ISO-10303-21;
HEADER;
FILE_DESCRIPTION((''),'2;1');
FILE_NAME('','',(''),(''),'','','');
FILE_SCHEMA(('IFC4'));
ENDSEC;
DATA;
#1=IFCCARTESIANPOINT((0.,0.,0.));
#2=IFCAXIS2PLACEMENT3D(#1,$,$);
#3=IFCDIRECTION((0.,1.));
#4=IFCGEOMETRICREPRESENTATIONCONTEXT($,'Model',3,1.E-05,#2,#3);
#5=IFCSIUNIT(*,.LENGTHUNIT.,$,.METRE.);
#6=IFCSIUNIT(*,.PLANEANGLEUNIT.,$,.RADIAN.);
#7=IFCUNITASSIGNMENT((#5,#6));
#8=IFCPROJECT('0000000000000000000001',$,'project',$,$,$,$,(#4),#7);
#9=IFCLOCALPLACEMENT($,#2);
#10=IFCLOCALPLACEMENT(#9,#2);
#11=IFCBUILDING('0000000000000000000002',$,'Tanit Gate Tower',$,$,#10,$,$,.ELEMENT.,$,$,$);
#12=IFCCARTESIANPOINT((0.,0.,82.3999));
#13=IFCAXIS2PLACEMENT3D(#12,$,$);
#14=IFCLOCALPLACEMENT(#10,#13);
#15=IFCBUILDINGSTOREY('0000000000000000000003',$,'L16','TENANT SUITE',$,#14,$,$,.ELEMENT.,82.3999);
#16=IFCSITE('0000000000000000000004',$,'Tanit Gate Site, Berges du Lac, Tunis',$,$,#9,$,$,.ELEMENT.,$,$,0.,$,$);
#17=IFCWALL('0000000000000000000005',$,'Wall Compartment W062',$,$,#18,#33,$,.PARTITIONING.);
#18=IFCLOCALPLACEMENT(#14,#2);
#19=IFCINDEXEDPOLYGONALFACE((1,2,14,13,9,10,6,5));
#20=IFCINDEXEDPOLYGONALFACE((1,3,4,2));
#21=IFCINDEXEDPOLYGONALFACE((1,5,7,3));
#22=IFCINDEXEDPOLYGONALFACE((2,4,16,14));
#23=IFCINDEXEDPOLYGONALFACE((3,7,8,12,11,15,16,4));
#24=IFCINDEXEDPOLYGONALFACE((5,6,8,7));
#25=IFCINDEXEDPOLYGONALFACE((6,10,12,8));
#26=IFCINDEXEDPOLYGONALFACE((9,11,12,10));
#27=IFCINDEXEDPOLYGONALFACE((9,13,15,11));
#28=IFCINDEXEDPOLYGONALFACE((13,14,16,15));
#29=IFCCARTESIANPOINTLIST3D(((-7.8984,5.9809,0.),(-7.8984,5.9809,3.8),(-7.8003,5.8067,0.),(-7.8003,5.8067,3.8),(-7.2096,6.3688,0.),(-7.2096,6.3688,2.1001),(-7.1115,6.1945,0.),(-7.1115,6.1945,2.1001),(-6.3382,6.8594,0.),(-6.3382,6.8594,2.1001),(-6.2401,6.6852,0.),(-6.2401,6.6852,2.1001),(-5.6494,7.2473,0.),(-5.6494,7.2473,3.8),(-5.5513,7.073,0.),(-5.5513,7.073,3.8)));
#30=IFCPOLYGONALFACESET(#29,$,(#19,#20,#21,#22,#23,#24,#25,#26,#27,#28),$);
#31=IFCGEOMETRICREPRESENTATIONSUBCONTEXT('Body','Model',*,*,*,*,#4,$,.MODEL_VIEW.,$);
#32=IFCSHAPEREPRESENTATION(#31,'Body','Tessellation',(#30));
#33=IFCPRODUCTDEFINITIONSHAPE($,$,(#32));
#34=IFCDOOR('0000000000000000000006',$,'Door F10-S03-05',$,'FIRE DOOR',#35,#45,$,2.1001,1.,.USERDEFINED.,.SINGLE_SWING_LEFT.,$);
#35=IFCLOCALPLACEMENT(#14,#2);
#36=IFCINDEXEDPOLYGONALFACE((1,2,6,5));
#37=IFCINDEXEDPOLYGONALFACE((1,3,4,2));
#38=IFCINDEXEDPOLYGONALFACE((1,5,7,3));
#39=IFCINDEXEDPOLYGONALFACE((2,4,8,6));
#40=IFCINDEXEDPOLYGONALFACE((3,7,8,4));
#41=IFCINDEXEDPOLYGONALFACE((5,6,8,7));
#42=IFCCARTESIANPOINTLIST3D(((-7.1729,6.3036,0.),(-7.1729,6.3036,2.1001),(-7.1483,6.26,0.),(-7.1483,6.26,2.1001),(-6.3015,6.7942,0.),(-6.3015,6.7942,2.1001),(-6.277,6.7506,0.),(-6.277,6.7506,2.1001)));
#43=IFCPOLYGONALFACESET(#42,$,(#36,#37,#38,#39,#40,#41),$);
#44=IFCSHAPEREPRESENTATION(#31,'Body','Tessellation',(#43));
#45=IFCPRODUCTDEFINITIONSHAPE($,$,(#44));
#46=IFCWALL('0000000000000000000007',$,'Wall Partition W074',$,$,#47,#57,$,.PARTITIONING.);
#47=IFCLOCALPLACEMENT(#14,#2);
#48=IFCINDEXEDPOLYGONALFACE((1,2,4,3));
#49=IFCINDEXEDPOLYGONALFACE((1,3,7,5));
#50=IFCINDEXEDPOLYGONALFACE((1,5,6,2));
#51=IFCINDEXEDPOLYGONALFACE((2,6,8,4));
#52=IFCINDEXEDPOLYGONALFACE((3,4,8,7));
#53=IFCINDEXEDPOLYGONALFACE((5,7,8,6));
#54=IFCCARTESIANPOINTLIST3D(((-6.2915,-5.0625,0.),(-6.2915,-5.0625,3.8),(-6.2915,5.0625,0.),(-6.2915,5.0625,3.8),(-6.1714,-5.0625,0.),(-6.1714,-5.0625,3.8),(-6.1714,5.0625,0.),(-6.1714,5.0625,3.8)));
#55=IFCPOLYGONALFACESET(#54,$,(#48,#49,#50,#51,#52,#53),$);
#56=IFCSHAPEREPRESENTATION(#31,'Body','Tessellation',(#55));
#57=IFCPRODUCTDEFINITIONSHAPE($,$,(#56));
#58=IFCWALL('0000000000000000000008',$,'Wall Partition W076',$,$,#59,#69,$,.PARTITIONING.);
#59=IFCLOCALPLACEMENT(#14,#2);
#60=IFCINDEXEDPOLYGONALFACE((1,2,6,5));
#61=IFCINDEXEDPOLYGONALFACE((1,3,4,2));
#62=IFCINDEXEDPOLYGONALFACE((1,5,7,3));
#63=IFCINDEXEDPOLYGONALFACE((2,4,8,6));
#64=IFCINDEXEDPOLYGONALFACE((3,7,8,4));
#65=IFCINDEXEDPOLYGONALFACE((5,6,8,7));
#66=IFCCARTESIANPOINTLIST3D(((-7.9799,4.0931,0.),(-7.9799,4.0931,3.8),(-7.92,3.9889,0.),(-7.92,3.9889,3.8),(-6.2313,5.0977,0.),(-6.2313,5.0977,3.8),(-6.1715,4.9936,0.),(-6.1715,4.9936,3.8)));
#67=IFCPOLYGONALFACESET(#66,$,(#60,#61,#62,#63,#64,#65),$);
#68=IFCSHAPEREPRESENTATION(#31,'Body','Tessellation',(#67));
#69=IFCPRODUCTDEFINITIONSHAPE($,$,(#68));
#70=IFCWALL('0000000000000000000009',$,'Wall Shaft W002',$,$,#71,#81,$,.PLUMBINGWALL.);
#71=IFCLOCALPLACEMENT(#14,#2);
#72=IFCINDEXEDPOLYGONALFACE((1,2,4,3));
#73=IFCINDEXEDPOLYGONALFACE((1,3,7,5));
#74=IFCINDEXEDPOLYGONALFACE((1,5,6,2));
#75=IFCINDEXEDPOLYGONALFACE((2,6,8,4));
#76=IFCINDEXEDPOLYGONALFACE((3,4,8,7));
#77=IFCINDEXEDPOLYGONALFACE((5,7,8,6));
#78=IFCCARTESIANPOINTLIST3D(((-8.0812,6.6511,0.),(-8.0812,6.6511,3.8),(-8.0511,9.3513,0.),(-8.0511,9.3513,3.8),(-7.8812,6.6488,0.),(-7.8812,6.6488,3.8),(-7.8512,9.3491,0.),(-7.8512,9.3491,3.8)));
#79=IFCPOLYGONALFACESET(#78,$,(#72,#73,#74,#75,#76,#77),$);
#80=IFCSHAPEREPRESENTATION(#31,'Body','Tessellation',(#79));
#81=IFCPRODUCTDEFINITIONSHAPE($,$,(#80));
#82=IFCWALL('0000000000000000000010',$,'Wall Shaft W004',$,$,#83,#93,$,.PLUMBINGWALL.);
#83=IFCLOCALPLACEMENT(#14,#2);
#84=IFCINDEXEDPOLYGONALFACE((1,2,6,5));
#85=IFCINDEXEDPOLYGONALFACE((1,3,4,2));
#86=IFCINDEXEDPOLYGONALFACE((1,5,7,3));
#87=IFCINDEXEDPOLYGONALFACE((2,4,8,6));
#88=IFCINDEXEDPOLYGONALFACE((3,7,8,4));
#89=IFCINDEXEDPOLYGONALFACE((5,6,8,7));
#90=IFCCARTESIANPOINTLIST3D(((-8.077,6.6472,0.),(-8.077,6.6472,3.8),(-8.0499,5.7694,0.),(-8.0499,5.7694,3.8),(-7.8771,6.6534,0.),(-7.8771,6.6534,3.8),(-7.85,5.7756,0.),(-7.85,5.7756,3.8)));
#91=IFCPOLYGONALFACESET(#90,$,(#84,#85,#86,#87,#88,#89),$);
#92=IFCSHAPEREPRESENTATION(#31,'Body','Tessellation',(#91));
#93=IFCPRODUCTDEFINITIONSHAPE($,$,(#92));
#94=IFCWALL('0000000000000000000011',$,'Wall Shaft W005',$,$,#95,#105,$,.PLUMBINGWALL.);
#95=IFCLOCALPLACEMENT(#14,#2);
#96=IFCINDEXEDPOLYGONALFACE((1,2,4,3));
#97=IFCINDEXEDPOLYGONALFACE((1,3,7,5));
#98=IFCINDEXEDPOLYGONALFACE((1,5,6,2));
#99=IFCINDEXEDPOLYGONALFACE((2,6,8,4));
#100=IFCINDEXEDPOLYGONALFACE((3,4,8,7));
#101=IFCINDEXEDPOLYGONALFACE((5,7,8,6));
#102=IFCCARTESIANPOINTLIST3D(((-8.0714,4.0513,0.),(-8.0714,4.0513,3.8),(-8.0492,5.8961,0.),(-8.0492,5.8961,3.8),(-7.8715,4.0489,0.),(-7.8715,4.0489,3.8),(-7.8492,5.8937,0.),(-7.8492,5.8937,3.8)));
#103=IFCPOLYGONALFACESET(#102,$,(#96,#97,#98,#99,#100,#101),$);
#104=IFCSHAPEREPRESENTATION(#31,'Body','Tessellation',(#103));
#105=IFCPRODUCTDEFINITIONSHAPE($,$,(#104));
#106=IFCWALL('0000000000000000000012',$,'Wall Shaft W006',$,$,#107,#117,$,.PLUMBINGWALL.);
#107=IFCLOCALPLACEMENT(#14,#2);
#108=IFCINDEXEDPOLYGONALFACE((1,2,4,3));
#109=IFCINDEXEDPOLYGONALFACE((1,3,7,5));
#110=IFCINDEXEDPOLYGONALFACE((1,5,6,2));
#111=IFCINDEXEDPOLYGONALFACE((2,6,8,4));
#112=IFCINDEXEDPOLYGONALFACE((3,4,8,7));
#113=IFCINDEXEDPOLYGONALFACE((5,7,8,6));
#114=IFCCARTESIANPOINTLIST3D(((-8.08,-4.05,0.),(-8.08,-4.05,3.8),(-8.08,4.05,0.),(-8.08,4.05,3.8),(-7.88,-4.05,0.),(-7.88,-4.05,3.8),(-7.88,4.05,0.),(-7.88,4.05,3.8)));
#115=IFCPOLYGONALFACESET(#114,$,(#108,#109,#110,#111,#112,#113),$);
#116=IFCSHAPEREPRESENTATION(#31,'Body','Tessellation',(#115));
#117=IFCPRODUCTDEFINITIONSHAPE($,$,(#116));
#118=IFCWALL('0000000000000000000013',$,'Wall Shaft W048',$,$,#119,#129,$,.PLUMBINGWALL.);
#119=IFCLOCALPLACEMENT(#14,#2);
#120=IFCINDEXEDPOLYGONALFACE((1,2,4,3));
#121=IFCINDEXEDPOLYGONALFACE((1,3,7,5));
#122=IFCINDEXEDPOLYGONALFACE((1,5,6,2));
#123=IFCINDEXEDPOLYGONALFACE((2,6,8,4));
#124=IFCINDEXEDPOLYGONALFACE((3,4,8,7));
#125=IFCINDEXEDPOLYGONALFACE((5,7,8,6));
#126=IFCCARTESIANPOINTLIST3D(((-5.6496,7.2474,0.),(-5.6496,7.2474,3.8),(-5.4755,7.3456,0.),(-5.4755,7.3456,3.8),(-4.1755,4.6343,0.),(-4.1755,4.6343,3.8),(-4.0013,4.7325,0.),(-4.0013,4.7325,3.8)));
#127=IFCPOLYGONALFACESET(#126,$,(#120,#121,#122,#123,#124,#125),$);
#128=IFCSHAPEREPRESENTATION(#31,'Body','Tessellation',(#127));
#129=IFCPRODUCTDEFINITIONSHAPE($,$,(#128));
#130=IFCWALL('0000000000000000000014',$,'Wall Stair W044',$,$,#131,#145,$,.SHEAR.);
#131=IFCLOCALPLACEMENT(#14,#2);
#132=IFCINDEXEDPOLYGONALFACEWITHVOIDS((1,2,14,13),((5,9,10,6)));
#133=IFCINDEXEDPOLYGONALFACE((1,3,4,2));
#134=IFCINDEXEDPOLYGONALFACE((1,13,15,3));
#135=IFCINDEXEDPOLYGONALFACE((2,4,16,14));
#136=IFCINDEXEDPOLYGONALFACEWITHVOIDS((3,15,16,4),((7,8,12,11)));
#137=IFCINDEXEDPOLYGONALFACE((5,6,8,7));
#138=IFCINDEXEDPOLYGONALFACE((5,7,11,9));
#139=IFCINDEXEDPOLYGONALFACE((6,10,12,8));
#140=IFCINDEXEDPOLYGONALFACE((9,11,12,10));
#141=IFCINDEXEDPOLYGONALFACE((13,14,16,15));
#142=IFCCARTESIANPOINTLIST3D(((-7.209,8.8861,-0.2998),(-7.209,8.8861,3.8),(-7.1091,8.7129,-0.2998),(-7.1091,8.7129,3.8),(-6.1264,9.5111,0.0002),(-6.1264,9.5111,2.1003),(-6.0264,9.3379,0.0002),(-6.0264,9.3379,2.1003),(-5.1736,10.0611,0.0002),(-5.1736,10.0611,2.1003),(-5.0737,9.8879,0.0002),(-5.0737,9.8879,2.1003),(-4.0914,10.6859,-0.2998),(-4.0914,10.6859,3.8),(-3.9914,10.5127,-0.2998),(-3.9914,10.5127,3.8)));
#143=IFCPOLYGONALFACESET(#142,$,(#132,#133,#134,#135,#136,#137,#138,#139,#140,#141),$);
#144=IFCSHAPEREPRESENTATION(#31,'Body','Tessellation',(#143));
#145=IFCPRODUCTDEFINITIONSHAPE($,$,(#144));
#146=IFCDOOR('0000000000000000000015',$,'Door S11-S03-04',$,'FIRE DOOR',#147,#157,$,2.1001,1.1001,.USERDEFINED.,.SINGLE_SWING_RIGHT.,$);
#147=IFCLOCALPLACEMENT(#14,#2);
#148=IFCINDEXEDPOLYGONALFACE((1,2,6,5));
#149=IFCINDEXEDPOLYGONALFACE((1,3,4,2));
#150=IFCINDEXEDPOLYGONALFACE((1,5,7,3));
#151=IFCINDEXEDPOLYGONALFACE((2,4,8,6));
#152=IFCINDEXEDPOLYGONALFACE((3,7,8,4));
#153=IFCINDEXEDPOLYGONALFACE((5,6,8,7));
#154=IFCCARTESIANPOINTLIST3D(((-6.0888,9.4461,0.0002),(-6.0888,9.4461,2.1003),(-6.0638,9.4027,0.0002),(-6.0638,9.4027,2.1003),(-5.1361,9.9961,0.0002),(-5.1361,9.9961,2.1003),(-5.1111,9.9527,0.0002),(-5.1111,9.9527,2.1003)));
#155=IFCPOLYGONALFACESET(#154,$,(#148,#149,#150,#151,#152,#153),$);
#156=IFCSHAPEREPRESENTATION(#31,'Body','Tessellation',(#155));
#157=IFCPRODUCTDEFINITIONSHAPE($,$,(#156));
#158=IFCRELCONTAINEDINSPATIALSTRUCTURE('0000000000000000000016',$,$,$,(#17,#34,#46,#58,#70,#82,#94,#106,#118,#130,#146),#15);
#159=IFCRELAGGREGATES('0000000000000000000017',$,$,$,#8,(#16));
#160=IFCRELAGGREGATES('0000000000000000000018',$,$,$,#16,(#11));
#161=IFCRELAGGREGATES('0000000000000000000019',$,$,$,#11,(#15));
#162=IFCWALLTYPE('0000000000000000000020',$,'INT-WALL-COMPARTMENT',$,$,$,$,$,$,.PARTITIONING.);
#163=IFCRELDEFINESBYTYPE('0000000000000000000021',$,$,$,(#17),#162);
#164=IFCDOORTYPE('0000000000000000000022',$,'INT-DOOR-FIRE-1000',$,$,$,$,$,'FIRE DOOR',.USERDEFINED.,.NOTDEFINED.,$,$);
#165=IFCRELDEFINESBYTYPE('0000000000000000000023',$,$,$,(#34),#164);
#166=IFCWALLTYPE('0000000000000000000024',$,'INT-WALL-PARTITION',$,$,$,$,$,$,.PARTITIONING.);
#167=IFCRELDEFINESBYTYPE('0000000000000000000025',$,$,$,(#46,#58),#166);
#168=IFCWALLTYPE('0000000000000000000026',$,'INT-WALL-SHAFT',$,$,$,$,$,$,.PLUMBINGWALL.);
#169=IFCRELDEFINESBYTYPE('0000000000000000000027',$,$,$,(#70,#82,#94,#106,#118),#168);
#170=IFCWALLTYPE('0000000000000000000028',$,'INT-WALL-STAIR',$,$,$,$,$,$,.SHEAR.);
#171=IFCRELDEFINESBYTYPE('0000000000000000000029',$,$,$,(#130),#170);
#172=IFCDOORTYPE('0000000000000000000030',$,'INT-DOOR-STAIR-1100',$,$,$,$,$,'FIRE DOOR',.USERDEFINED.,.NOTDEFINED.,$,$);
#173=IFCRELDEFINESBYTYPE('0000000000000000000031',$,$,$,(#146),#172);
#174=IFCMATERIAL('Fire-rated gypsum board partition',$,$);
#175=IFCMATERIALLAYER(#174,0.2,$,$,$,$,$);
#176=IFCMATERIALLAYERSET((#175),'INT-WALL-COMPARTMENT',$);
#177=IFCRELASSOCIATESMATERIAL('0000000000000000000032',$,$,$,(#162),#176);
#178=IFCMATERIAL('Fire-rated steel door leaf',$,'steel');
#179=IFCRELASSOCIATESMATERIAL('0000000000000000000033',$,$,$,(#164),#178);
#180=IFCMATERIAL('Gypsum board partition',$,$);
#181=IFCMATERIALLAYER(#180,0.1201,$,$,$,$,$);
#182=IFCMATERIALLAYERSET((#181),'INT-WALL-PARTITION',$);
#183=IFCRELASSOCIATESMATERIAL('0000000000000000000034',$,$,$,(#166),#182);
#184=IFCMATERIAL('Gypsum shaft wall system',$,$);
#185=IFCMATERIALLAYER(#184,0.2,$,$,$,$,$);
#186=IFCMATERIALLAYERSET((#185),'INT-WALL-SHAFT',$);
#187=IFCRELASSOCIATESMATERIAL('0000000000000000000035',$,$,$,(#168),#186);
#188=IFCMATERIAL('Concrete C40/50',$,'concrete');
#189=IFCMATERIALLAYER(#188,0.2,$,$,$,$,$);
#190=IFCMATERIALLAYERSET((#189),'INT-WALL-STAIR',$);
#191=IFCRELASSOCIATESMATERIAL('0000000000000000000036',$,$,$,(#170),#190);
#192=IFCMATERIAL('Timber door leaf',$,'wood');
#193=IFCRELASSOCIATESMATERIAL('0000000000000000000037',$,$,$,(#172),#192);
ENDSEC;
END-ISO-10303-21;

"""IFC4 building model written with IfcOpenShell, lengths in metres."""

from ifc_helpers import new_model, si_unit, direction, frame, frame_2d, origin, place, context, subcontext, project, spatial, rectangle, extrude, material, layer, layer_set, type_object, element, fill, save


model = new_model("IFC4")

# Units and contexts
model_context = context("Model", 3, precision=1e-05, world=origin(), true_north=direction((0.0, 1.0)))
body_context = subcontext(model_context, "Body", "Model", "MODEL_VIEW")
ifc_project = project(units=[si_unit("LENGTHUNIT", "METRE"), si_unit("PLANEANGLEUNIT", "RADIAN")], contexts=[model_context])

# Site, building, storey
site_placement = place(None, origin())
site = spatial("IfcSite", under=ifc_project, at=site_placement, Name="Tanit Gate Site, Berges du Lac, Tunis", CompositionType="ELEMENT", RefElevation=0.0)
building_placement = place(site_placement, origin())
building = spatial("IfcBuilding", under=site, at=building_placement, Name="Tanit Gate Tower", CompositionType="ELEMENT")
storey_placement = place(building_placement, frame((0.0, 0.0, 82.3999)))
storey = spatial("IfcBuildingStorey", under=building, at=storey_placement, Name="L16", Description="TENANT SUITE", CompositionType="ELEMENT", Elevation=82.3999)

# Wall, opening, door
ifc_material_1 = material(Name="Fire-rated gypsum board partition")
ifc_layer_1 = layer(ifc_material_1, 0.2)
ifc_layer_set_1 = layer_set([ifc_layer_1], Name="INT-WALL-COMPARTMENT")
wall_type_1 = type_object("IfcWallType", Name="INT-WALL-COMPARTMENT", PredefinedType="PARTITIONING", material=ifc_layer_set_1)
wall_1_placement = place(storey_placement, frame((-5.6003, 7.1602, 0.0), z_axis=(0.0, 0.0, 1.0), x_axis=(-0.871363, -0.490638, 0.0)))
wall_1 = element("IfcWall", 1, at=wall_1_placement, inside=storey, type_object=wall_type_1, Name="Wall Compartment W062", PredefinedType="PARTITIONING", context=body_context, shape_type="SweptSolid", body=[
    extrude(rectangle(XDim=2.5811, YDim=0.2, at=frame_2d((1.2905, 0.0))), origin(), (0.0, 0.0, 1.0), 3.8),
])
opening_1_placement = place(wall_1_placement, frame((0.7905, 0.0, 0.0)))
opening_1 = element("IfcOpeningElement", 2, at=opening_1_placement, cuts=wall_1, PredefinedType="OPENING", context=body_context, shape_type="SweptSolid", body=[
    extrude(rectangle(XDim=1.0, YDim=2.1001, at=frame_2d((0.5, 1.05))), frame((0.0, 0.1099, 0.0), z_axis=(0.0, -1.0, 0.0), x_axis=(1.0, 0.0, 0.0)), (0.0, 0.0, 1.0), 0.22),
])
ifc_material_2 = material(Name="Fire-rated steel door leaf", Category="steel")
door_type_1 = type_object("IfcDoorType", Name="INT-DOOR-FIRE-1000", ElementType="FIRE DOOR", OperationType="NOTDEFINED", PredefinedType="USERDEFINED", material=ifc_material_2)
door_1_placement = place(opening_1_placement, origin())
door_1 = element("IfcDoor", 3, at=door_1_placement, inside=storey, type_object=door_type_1, Name="Door F10-S03-05", ObjectType="FIRE DOOR", OperationType="SINGLE_SWING_LEFT", OverallHeight=2.1001, OverallWidth=1.0, PredefinedType="USERDEFINED", context=body_context, shape_type="SweptSolid", body=[
    extrude(rectangle(XDim=1.0, YDim=2.1001, at=frame_2d((0.5, 1.05))), frame((0.0, 0.0249, 0.0), z_axis=(0.0, -1.0, 0.0), x_axis=(1.0, 0.0, 0.0)), (0.0, 0.0, 1.0), 0.05),
])
fill(opening_1, door_1)

# Walls
ifc_material_3 = material(Name="Gypsum board partition")
ifc_layer_2 = layer(ifc_material_3, 0.1201)
ifc_layer_set_2 = layer_set([ifc_layer_2], Name="INT-WALL-PARTITION")
wall_type_2 = type_object("IfcWallType", Name="INT-WALL-PARTITION", PredefinedType="PARTITIONING", material=ifc_layer_set_2)
wall_2_placement = place(storey_placement, frame((-6.2314, 5.0625, 0.0), z_axis=(0.0, 0.0, 1.0), x_axis=(0.0, -1.0, 0.0)))
element("IfcWall", 4, at=wall_2_placement, inside=storey, type_object=wall_type_2, Name="Wall Partition W074", PredefinedType="PARTITIONING", context=body_context, shape_type="SweptSolid", body=[
    extrude(rectangle(XDim=10.125, YDim=0.1201, at=frame_2d((5.0625, 0.0))), origin(), (0.0, 0.0, 1.0), 3.8),
])
wall_3_placement = place(storey_placement, frame((-6.2014, 5.0457, 0.0), z_axis=(0.0, 0.0, 1.0), x_axis=(-0.867071, -0.498184, 0.0)))
element("IfcWall", 5, at=wall_3_placement, inside=storey, type_object=wall_type_2, Name="Wall Partition W076", PredefinedType="PARTITIONING", context=body_context, shape_type="SweptSolid", body=[
    extrude(rectangle(XDim=2.0166, YDim=0.1201, at=frame_2d((1.0083, 0.0))), origin(), (0.0, 0.0, 1.0), 3.8),
])
ifc_material_4 = material(Name="Gypsum shaft wall system")
ifc_layer_3 = layer(ifc_material_4, 0.2)
ifc_layer_set_3 = layer_set([ifc_layer_3], Name="INT-WALL-SHAFT")
wall_type_3 = type_object("IfcWallType", Name="INT-WALL-SHAFT", PredefinedType="PLUMBINGWALL", material=ifc_layer_set_3)
wall_4_placement = place(storey_placement, frame((-7.9512, 9.3501, 0.0), z_axis=(0.0, 0.0, 1.0), x_axis=(-0.01112, -0.999938, 0.0)))
element("IfcWall", 6, at=wall_4_placement, inside=storey, type_object=wall_type_3, Name="Wall Shaft W002", PredefinedType="PLUMBINGWALL", context=body_context, shape_type="SweptSolid", body=[
    extrude(rectangle(XDim=2.7004, YDim=0.2, at=frame_2d((1.3501, 0.0))), origin(), (0.0, 0.0, 1.0), 3.8),
])
wall_5_placement = place(storey_placement, frame((-7.9771, 6.6501, 0.0), z_axis=(0.0, 0.0, 1.0), x_axis=(0.030862, -0.999524, 0.0)))
element("IfcWall", 7, at=wall_5_placement, inside=storey, type_object=wall_type_3, Name="Wall Shaft W004", PredefinedType="PLUMBINGWALL", context=body_context, shape_type="SweptSolid", body=[
    extrude(rectangle(XDim=0.8782, YDim=0.2, at=frame_2d((0.439, 0.0))), origin(), (0.0, 0.0, 1.0), 3.8),
])
wall_6_placement = place(storey_placement, frame((-7.9492, 5.8948, 0.0), z_axis=(0.0, 0.0, 1.0), x_axis=(-0.012043, -0.999927, 0.0)))
element("IfcWall", 8, at=wall_6_placement, inside=storey, type_object=wall_type_3, Name="Wall Shaft W005", PredefinedType="PLUMBINGWALL", context=body_context, shape_type="SweptSolid", body=[
    extrude(rectangle(XDim=1.845, YDim=0.2, at=frame_2d((0.9224, 0.0))), origin(), (0.0, 0.0, 1.0), 3.8),
])
wall_7_placement = place(storey_placement, frame((-7.98, 4.05, 0.0), z_axis=(0.0, 0.0, 1.0), x_axis=(0.0, -1.0, 0.0)))
element("IfcWall", 9, at=wall_7_placement, inside=storey, type_object=wall_type_3, Name="Wall Shaft W006", PredefinedType="PLUMBINGWALL", context=body_context, shape_type="SweptSolid", body=[
    extrude(rectangle(XDim=8.1001, YDim=0.2, at=frame_2d((4.05, 0.0))), origin(), (0.0, 0.0, 1.0), 3.8),
])

# Wall
wall_8_placement = place(storey_placement, frame((-5.5625, 7.2964, 0.0), z_axis=(0.0, 0.0, 1.0), x_axis=(0.491347, -0.870964, 0.0)))
element("IfcWall", 10, at=wall_8_placement, inside=storey, type_object=wall_type_3, Name="Wall Shaft W048", PredefinedType="PLUMBINGWALL", context=body_context, shape_type="SweptSolid", body=[
    extrude(rectangle(XDim=3.0002, YDim=0.2, at=frame_2d((1.5, 0.0))), origin(), (0.0, 0.0, 1.0), 3.8),
])

# Wall, opening, door
ifc_material_5 = material(Name="Concrete C40/50", Category="concrete")
ifc_layer_4 = layer(ifc_material_5, 0.2)
ifc_layer_set_4 = layer_set([ifc_layer_4], Name="INT-WALL-STAIR")
wall_type_4 = type_object("IfcWallType", Name="INT-WALL-STAIR", PredefinedType="SHEAR", material=ifc_layer_set_4)
wall_9_placement = place(storey_placement, frame((-7.1589, 8.7996, -0.2998), z_axis=(0.0, 0.0, 1.0), x_axis=(0.866048, 0.499961, 0.0)))
wall_9 = element("IfcWall", 11, at=wall_9_placement, inside=storey, type_object=wall_type_4, Name="Wall Stair W044", PredefinedType="SHEAR", context=body_context, shape_type="SweptSolid", body=[
    extrude(rectangle(XDim=3.5999, YDim=0.2, at=frame_2d((1.7998, 0.0))), origin(), (0.0, 0.0, 1.0), 4.0999),
])
opening_2_placement = place(wall_9_placement, frame((1.25, 0.0, 0.3)))
opening_2 = element("IfcOpeningElement", 12, at=opening_2_placement, cuts=wall_9, PredefinedType="OPENING", context=body_context, shape_type="SweptSolid", body=[
    extrude(rectangle(XDim=1.1001, YDim=2.1001, at=frame_2d((0.55, 1.05))), frame((0.0, 0.1099, 0.0), z_axis=(0.0, -1.0, 0.0), x_axis=(1.0, 0.0, 0.0)), (0.0, 0.0, 1.0), 0.22),
])
ifc_material_6 = material(Name="Timber door leaf", Category="wood")
door_type_2 = type_object("IfcDoorType", Name="INT-DOOR-STAIR-1100", ElementType="FIRE DOOR", OperationType="NOTDEFINED", PredefinedType="USERDEFINED", material=ifc_material_6)
door_2_placement = place(opening_2_placement, origin())
door_2 = element("IfcDoor", 13, at=door_2_placement, inside=storey, type_object=door_type_2, Name="Door S11-S03-04", ObjectType="FIRE DOOR", OperationType="SINGLE_SWING_RIGHT", OverallHeight=2.1001, OverallWidth=1.1001, PredefinedType="USERDEFINED", context=body_context, shape_type="SweptSolid", body=[
    extrude(rectangle(XDim=1.1001, YDim=2.1001, at=frame_2d((0.55, 1.05))), frame((0.0, 0.0249, 0.0), z_axis=(0.0, -1.0, 0.0), x_axis=(1.0, 0.0, 0.0)), (0.0, 0.0, 1.0), 0.05),
])
fill(opening_2, door_2)

save(model, "model.ifc")
